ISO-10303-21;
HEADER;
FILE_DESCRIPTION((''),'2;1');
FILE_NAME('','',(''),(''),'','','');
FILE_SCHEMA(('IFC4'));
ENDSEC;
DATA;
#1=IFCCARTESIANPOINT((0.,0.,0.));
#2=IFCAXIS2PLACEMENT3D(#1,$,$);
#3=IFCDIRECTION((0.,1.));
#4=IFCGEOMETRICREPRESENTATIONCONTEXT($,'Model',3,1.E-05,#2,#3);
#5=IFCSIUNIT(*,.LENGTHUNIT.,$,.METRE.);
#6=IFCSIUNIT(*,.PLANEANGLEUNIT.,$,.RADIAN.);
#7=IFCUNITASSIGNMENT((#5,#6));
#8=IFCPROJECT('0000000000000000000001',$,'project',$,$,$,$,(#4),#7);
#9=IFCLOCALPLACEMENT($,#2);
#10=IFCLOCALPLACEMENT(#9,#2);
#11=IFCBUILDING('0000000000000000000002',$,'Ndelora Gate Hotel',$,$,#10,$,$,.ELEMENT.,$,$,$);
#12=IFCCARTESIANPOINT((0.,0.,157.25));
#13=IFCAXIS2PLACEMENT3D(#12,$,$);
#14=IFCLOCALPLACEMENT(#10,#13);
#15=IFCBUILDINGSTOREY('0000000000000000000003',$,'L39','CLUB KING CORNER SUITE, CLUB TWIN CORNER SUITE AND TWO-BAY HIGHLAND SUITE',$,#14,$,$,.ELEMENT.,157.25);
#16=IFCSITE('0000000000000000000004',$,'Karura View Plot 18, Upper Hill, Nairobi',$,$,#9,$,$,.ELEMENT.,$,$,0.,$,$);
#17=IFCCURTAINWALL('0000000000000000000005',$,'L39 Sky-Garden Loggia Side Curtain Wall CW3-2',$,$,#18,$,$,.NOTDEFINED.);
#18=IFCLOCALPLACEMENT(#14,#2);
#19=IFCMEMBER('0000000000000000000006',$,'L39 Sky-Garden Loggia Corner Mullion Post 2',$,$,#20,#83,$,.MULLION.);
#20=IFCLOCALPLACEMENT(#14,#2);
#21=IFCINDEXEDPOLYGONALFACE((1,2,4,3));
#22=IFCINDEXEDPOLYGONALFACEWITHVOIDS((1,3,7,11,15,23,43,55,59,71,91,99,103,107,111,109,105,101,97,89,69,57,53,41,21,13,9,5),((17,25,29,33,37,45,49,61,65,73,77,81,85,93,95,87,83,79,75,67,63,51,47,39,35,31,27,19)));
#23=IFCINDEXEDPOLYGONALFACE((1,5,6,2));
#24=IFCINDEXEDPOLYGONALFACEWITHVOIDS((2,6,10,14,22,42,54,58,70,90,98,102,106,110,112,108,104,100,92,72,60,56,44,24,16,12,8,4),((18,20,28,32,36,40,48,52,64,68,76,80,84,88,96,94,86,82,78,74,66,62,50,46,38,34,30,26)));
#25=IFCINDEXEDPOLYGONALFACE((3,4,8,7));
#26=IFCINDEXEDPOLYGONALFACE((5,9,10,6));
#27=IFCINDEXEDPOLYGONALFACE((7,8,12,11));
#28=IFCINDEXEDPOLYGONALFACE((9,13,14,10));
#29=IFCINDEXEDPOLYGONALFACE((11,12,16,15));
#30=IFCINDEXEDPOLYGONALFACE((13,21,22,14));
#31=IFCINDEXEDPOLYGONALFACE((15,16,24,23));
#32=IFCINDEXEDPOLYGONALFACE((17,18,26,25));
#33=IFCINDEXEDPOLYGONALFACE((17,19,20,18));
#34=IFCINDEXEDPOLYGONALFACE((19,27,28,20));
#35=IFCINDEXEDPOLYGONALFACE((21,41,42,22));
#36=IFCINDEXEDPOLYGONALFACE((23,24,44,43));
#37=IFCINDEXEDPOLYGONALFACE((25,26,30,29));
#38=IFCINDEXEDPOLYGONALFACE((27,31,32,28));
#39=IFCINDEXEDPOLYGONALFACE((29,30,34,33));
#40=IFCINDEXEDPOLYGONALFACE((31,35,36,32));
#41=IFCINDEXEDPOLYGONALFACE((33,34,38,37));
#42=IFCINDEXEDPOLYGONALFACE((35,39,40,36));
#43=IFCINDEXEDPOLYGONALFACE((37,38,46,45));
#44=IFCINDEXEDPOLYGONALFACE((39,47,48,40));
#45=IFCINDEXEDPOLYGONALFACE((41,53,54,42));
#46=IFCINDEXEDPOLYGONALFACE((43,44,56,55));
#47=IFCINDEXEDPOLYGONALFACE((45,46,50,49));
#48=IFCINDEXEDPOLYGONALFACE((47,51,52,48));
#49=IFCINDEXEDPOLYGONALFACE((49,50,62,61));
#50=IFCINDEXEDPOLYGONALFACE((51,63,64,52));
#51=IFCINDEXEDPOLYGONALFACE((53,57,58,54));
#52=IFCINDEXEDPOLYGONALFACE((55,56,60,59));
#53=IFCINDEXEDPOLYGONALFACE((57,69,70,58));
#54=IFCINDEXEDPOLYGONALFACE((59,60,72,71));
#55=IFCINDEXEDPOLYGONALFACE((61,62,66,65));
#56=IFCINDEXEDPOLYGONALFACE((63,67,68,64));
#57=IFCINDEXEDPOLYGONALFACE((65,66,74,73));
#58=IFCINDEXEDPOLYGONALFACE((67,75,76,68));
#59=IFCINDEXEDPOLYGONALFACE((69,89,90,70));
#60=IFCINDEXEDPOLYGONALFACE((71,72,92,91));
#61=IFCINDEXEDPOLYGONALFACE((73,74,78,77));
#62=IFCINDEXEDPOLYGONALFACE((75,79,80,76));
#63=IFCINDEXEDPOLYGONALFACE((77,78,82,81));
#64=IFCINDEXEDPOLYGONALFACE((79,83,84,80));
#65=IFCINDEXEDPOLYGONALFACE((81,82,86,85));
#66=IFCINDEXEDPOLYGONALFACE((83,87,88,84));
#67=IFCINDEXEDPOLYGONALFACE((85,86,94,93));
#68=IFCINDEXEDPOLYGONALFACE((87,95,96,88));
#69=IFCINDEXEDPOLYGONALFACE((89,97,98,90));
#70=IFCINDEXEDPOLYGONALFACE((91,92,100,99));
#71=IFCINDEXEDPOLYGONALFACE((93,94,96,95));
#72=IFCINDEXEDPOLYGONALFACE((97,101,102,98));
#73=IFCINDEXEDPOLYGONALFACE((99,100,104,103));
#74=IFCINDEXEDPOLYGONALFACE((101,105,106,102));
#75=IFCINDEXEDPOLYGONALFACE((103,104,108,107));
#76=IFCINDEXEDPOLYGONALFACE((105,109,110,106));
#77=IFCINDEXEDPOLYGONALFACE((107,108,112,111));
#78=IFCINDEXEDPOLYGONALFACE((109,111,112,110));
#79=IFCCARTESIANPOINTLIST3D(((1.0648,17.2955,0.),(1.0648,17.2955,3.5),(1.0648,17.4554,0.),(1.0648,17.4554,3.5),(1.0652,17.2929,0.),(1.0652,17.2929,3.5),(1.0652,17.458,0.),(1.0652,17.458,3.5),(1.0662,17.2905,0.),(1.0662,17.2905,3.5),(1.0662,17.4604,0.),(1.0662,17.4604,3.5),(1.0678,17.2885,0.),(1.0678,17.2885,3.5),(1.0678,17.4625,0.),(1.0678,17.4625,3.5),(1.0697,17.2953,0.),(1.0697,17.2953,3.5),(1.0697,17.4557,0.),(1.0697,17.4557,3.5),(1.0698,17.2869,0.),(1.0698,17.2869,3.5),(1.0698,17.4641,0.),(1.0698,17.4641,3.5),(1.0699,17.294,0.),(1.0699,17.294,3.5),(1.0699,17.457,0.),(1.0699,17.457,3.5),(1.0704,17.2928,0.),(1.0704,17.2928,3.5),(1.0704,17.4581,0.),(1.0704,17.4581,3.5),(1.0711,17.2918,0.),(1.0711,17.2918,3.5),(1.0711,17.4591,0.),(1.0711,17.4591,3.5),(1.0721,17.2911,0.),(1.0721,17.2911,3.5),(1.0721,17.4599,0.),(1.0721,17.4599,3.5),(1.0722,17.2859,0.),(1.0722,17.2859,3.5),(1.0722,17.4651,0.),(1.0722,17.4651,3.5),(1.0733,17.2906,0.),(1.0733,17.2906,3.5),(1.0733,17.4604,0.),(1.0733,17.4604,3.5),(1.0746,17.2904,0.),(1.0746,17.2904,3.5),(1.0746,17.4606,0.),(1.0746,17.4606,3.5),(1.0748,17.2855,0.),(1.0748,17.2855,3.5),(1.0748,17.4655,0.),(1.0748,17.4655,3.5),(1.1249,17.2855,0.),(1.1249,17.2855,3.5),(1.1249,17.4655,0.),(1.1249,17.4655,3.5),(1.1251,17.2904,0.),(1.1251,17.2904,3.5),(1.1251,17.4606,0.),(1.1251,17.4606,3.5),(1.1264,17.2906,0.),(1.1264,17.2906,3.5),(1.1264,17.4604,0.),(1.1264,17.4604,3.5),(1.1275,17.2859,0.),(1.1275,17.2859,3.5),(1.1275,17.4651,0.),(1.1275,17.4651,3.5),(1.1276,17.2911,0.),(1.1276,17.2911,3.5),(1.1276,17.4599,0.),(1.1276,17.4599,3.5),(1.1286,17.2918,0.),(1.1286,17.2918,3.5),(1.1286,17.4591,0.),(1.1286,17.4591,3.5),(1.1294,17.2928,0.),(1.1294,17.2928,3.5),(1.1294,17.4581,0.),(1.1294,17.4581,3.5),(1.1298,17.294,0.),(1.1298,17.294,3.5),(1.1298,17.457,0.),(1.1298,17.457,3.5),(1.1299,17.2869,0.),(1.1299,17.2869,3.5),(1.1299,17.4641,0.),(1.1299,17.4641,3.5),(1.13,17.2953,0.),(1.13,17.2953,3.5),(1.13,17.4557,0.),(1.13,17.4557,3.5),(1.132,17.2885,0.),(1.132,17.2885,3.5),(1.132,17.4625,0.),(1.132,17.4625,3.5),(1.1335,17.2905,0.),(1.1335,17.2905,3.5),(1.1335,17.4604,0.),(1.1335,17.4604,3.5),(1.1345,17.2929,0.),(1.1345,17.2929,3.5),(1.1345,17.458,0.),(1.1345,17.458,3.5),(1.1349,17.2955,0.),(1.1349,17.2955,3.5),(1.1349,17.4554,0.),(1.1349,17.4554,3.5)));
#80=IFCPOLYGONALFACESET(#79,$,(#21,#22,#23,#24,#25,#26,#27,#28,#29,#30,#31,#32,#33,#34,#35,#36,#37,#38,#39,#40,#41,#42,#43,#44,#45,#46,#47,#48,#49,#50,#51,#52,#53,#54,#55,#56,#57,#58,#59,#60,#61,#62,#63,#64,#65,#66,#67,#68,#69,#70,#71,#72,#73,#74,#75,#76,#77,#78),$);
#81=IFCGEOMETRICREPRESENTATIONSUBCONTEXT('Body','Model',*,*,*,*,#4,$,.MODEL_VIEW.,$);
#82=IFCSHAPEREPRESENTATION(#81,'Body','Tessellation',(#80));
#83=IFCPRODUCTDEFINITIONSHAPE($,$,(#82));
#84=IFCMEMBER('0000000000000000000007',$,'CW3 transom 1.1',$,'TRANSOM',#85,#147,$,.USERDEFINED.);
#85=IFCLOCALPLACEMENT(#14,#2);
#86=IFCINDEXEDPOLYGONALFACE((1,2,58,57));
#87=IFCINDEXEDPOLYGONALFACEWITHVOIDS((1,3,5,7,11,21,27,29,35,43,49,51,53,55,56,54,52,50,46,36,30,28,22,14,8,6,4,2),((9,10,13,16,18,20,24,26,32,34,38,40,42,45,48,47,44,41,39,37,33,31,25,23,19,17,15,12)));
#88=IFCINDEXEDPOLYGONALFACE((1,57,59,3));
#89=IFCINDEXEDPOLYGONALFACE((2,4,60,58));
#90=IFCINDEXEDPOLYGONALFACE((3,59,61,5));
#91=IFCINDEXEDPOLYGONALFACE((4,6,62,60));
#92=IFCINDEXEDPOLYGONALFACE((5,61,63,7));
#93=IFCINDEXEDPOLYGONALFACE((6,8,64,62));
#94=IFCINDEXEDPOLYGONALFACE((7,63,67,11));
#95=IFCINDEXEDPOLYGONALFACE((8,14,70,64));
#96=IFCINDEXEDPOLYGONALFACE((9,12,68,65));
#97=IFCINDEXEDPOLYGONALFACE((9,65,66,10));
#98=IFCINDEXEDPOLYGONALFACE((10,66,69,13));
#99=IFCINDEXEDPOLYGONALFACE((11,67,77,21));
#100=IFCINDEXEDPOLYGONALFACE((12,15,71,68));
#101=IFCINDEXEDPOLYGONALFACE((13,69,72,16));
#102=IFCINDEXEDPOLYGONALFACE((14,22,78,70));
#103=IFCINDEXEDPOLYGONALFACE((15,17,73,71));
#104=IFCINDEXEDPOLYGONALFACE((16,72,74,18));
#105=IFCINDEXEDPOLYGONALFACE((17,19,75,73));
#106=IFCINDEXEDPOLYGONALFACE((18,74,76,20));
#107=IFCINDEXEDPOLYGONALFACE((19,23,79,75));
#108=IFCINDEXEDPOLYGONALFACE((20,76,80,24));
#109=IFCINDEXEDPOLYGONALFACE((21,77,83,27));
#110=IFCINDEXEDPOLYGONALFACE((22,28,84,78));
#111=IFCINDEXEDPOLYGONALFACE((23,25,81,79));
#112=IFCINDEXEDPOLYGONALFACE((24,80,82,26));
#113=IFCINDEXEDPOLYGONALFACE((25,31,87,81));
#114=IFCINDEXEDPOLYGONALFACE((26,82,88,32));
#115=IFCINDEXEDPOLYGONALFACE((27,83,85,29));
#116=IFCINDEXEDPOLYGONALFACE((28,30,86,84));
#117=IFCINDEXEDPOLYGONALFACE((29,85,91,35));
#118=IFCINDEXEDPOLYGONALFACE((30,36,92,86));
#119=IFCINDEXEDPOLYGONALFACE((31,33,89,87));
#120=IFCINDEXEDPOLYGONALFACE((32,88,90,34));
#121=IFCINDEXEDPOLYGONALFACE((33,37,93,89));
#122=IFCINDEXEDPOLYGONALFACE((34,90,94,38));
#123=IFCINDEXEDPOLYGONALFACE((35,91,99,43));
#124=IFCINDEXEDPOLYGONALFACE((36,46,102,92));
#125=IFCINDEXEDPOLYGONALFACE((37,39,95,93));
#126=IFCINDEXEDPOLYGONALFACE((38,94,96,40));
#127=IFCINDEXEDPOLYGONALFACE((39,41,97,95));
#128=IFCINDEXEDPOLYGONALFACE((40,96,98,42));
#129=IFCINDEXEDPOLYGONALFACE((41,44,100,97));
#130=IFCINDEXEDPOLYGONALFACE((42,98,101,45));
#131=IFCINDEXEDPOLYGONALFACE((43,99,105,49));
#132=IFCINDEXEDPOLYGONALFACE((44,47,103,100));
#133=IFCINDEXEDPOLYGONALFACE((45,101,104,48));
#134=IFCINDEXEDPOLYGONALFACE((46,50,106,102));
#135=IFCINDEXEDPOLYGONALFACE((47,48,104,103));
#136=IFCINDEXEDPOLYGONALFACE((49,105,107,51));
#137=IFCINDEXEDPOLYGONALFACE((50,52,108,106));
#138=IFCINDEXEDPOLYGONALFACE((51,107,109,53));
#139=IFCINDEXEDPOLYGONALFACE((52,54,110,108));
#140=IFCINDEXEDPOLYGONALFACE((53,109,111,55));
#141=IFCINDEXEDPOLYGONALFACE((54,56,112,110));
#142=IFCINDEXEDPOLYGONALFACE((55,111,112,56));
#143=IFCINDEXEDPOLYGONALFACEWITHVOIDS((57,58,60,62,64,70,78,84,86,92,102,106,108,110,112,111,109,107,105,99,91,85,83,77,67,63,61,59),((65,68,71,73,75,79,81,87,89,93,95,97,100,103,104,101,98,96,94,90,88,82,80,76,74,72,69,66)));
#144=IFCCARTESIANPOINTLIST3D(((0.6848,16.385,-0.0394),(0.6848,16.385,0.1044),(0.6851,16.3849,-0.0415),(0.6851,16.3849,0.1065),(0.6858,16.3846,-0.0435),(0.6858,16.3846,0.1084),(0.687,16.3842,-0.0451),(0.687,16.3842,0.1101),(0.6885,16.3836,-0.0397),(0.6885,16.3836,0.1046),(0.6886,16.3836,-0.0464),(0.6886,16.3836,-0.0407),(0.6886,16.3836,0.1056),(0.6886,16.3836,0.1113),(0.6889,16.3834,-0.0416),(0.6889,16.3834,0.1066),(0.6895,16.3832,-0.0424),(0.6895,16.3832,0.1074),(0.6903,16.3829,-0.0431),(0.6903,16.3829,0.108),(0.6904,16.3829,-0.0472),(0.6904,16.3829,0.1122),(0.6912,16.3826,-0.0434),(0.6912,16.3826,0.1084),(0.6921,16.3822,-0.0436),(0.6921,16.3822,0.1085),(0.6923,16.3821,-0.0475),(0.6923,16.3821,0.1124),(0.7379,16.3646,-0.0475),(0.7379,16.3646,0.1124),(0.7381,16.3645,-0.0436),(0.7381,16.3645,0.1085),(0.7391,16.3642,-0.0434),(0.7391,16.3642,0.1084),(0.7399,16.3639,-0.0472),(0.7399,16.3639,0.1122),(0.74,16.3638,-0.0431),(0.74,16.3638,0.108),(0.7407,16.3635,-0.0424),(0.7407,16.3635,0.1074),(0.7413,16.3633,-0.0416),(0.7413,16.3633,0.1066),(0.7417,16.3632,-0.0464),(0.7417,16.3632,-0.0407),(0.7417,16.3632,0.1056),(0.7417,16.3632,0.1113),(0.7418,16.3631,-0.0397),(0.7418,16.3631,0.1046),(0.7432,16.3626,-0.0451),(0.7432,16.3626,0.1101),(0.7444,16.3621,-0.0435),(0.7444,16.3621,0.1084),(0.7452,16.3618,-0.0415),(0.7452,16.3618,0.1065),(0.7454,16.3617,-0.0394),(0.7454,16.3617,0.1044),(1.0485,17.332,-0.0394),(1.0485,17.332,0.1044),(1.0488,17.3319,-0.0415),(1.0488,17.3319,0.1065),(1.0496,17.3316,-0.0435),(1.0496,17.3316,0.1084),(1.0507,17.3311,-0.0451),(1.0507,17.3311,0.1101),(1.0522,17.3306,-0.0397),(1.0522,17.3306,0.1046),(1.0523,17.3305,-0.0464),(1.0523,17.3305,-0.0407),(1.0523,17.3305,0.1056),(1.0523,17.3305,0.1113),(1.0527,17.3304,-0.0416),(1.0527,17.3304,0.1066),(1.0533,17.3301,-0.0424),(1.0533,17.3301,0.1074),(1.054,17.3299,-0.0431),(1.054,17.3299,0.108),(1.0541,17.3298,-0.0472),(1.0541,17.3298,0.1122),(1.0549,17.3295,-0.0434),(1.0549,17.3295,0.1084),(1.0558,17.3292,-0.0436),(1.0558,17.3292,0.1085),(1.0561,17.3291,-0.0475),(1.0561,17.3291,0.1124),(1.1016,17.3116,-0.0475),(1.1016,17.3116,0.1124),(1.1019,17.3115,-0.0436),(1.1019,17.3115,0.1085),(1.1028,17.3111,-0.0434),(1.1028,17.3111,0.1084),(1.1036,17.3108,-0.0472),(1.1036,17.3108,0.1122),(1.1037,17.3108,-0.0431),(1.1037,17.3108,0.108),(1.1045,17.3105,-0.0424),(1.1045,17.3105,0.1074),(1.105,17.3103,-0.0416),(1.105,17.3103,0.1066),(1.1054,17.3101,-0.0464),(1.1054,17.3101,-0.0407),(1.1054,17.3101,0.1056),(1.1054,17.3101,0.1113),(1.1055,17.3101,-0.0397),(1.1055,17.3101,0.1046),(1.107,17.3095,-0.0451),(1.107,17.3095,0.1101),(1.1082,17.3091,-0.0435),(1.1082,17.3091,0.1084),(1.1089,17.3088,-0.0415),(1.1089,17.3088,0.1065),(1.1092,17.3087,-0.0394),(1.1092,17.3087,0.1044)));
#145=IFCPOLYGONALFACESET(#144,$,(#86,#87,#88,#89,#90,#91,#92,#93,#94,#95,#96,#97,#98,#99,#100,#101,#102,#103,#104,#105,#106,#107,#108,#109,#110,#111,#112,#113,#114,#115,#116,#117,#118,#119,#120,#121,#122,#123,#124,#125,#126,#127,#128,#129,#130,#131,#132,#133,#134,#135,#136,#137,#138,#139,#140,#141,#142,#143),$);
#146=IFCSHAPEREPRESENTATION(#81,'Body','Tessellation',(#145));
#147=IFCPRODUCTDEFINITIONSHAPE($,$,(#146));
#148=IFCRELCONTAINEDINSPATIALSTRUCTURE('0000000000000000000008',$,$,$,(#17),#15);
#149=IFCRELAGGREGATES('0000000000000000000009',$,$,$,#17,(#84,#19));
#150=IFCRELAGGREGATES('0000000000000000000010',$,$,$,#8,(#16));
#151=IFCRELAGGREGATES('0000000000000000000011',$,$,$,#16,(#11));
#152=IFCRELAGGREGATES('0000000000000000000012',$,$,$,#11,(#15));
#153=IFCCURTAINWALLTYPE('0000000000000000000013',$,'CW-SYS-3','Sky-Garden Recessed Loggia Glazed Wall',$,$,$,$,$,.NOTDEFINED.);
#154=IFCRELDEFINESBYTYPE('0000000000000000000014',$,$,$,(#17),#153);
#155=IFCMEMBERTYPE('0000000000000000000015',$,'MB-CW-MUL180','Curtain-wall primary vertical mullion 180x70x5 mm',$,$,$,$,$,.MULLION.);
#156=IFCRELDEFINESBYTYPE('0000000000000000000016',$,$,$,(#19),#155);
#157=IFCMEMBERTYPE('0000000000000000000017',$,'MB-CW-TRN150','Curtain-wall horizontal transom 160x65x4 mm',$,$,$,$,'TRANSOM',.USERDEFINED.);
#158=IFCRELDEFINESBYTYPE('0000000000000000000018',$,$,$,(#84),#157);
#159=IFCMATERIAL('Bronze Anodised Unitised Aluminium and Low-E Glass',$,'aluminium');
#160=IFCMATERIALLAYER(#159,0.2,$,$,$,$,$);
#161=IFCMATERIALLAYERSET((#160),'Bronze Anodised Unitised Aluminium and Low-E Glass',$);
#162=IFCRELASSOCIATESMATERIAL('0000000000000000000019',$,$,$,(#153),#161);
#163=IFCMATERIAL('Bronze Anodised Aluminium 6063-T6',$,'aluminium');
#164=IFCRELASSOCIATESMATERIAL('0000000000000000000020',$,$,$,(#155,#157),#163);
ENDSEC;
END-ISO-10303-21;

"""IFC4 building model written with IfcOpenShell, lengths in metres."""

from ifc_helpers import new_model, si_unit, direction, frame, origin, origin_2d, place, context, subcontext, project, spatial, hollow_rectangle, extrude, material, layer, layer_set, material_profile, profile_set, type_object, element, aggregate, save


model = new_model("IFC4")

# Units and contexts
model_context = context("Model", 3, precision=1e-05, world=origin(), true_north=direction((0.0, 1.0)))
body_context = subcontext(model_context, "Body", "Model", "MODEL_VIEW")
ifc_project = project(units=[si_unit("LENGTHUNIT", "METRE"), si_unit("PLANEANGLEUNIT", "RADIAN")], contexts=[model_context])

# Site, building, storey
site_placement = place(None, origin())
site = spatial("IfcSite", under=ifc_project, at=site_placement, Name="Karura View Plot 18, Upper Hill, Nairobi", CompositionType="ELEMENT", RefElevation=0.0)
building_placement = place(site_placement, origin())
building = spatial("IfcBuilding", under=site, at=building_placement, Name="Ndelora Gate Hotel", CompositionType="ELEMENT")
storey_placement = place(building_placement, frame((0.0, 0.0, 157.25)))
storey = spatial("IfcBuildingStorey", under=building, at=storey_placement, Name="L39", Description="CLUB KING CORNER SUITE, CLUB TWIN CORNER SUITE AND TWO-BAY HIGHLAND SUITE", CompositionType="ELEMENT", Elevation=157.25)

# Curtain wall, members
ifc_material_1 = material(Name="Bronze Anodised Unitised Aluminium and Low-E Glass", Category="aluminium")
ifc_layer_1 = layer(ifc_material_1, 0.2)
ifc_layer_set_1 = layer_set([ifc_layer_1], Name="Bronze Anodised Unitised Aluminium and Low-E Glass")
curtain_wall_type = type_object("IfcCurtainWallType", Name="CW-SYS-3", Description="Sky-Garden Recessed Loggia Glazed Wall", PredefinedType="NOTDEFINED", material=ifc_layer_set_1)
curtain_wall_placement = place(storey_placement, origin())
curtain_wall = element("IfcCurtainWall", 1, at=curtain_wall_placement, inside=storey, type_object=curtain_wall_type, Name="L39 Sky-Garden Loggia Side Curtain Wall CW3-2", PredefinedType="NOTDEFINED")
ifc_material_2 = material(Name="Bronze Anodised Aluminium 6063-T6", Category="aluminium")
ifc_material_profile_1 = material_profile(ifc_material_2, hollow_rectangle(XDim=0.0701, YDim=0.1799, WallThickness=0.0049, InnerFilletRadius=0.0049, OuterFilletRadius=0.01, at=origin_2d()), Name="ALU 180x70x5")
ifc_profile_set_1 = profile_set([ifc_material_profile_1], Name="Bronze Anodised Aluminium 6063-T6")
member_type_1 = type_object("IfcMemberType", Name="MB-CW-MUL180", Description="Curtain-wall primary vertical mullion 180x70x5 mm", PredefinedType="MULLION", material=ifc_profile_set_1)
member_1_placement = place(storey_placement, frame((1.0999, 17.3755, 0.0), z_axis=(0.0, 0.0, 1.0), x_axis=(1.0, 0.0, 0.0)))
member_1 = element("IfcMember", 2, at=member_1_placement, type_object=member_type_1, Name="L39 Sky-Garden Loggia Corner Mullion Post 2", PredefinedType="MULLION", context=body_context, shape_type="SweptSolid", body=[
    extrude(hollow_rectangle(XDim=0.0701, YDim=0.1799, WallThickness=0.0049, InnerFilletRadius=0.0049, OuterFilletRadius=0.01, at=origin_2d()), origin(), (0.0, 0.0, 1.0), 3.5),
])
ifc_material_profile_2 = material_profile(ifc_material_2, hollow_rectangle(XDim=0.0649, YDim=0.1599, WallThickness=0.0039, InnerFilletRadius=0.0039, OuterFilletRadius=0.0081, at=origin_2d()), Name="ALU 160x65x4")
ifc_profile_set_2 = profile_set([ifc_material_profile_2], Name="Bronze Anodised Aluminium 6063-T6")
member_type_2 = type_object("IfcMemberType", Name="MB-CW-TRN150", Description="Curtain-wall horizontal transom 160x65x4 mm", ElementType="TRANSOM", PredefinedType="USERDEFINED", material=ifc_profile_set_2)
member_2_placement = place(storey_placement, frame((1.0789, 17.3203, 0.0325), z_axis=(-0.358576, -0.933501, 0.0), x_axis=(0.933501, -0.358576, 0.0)))
member_2 = element("IfcMember", 3, at=member_2_placement, type_object=member_type_2, Name="CW3 transom 1.1", ObjectType="TRANSOM", PredefinedType="USERDEFINED", context=body_context, shape_type="SweptSolid", body=[
    extrude(hollow_rectangle(XDim=0.0649, YDim=0.1599, WallThickness=0.0039, InnerFilletRadius=0.0039, OuterFilletRadius=0.0081, at=origin_2d()), origin(), (0.0, 0.0, 1.0), 1.0144),
])
aggregate(curtain_wall, [member_2, member_1])

save(model, "model.ifc")
